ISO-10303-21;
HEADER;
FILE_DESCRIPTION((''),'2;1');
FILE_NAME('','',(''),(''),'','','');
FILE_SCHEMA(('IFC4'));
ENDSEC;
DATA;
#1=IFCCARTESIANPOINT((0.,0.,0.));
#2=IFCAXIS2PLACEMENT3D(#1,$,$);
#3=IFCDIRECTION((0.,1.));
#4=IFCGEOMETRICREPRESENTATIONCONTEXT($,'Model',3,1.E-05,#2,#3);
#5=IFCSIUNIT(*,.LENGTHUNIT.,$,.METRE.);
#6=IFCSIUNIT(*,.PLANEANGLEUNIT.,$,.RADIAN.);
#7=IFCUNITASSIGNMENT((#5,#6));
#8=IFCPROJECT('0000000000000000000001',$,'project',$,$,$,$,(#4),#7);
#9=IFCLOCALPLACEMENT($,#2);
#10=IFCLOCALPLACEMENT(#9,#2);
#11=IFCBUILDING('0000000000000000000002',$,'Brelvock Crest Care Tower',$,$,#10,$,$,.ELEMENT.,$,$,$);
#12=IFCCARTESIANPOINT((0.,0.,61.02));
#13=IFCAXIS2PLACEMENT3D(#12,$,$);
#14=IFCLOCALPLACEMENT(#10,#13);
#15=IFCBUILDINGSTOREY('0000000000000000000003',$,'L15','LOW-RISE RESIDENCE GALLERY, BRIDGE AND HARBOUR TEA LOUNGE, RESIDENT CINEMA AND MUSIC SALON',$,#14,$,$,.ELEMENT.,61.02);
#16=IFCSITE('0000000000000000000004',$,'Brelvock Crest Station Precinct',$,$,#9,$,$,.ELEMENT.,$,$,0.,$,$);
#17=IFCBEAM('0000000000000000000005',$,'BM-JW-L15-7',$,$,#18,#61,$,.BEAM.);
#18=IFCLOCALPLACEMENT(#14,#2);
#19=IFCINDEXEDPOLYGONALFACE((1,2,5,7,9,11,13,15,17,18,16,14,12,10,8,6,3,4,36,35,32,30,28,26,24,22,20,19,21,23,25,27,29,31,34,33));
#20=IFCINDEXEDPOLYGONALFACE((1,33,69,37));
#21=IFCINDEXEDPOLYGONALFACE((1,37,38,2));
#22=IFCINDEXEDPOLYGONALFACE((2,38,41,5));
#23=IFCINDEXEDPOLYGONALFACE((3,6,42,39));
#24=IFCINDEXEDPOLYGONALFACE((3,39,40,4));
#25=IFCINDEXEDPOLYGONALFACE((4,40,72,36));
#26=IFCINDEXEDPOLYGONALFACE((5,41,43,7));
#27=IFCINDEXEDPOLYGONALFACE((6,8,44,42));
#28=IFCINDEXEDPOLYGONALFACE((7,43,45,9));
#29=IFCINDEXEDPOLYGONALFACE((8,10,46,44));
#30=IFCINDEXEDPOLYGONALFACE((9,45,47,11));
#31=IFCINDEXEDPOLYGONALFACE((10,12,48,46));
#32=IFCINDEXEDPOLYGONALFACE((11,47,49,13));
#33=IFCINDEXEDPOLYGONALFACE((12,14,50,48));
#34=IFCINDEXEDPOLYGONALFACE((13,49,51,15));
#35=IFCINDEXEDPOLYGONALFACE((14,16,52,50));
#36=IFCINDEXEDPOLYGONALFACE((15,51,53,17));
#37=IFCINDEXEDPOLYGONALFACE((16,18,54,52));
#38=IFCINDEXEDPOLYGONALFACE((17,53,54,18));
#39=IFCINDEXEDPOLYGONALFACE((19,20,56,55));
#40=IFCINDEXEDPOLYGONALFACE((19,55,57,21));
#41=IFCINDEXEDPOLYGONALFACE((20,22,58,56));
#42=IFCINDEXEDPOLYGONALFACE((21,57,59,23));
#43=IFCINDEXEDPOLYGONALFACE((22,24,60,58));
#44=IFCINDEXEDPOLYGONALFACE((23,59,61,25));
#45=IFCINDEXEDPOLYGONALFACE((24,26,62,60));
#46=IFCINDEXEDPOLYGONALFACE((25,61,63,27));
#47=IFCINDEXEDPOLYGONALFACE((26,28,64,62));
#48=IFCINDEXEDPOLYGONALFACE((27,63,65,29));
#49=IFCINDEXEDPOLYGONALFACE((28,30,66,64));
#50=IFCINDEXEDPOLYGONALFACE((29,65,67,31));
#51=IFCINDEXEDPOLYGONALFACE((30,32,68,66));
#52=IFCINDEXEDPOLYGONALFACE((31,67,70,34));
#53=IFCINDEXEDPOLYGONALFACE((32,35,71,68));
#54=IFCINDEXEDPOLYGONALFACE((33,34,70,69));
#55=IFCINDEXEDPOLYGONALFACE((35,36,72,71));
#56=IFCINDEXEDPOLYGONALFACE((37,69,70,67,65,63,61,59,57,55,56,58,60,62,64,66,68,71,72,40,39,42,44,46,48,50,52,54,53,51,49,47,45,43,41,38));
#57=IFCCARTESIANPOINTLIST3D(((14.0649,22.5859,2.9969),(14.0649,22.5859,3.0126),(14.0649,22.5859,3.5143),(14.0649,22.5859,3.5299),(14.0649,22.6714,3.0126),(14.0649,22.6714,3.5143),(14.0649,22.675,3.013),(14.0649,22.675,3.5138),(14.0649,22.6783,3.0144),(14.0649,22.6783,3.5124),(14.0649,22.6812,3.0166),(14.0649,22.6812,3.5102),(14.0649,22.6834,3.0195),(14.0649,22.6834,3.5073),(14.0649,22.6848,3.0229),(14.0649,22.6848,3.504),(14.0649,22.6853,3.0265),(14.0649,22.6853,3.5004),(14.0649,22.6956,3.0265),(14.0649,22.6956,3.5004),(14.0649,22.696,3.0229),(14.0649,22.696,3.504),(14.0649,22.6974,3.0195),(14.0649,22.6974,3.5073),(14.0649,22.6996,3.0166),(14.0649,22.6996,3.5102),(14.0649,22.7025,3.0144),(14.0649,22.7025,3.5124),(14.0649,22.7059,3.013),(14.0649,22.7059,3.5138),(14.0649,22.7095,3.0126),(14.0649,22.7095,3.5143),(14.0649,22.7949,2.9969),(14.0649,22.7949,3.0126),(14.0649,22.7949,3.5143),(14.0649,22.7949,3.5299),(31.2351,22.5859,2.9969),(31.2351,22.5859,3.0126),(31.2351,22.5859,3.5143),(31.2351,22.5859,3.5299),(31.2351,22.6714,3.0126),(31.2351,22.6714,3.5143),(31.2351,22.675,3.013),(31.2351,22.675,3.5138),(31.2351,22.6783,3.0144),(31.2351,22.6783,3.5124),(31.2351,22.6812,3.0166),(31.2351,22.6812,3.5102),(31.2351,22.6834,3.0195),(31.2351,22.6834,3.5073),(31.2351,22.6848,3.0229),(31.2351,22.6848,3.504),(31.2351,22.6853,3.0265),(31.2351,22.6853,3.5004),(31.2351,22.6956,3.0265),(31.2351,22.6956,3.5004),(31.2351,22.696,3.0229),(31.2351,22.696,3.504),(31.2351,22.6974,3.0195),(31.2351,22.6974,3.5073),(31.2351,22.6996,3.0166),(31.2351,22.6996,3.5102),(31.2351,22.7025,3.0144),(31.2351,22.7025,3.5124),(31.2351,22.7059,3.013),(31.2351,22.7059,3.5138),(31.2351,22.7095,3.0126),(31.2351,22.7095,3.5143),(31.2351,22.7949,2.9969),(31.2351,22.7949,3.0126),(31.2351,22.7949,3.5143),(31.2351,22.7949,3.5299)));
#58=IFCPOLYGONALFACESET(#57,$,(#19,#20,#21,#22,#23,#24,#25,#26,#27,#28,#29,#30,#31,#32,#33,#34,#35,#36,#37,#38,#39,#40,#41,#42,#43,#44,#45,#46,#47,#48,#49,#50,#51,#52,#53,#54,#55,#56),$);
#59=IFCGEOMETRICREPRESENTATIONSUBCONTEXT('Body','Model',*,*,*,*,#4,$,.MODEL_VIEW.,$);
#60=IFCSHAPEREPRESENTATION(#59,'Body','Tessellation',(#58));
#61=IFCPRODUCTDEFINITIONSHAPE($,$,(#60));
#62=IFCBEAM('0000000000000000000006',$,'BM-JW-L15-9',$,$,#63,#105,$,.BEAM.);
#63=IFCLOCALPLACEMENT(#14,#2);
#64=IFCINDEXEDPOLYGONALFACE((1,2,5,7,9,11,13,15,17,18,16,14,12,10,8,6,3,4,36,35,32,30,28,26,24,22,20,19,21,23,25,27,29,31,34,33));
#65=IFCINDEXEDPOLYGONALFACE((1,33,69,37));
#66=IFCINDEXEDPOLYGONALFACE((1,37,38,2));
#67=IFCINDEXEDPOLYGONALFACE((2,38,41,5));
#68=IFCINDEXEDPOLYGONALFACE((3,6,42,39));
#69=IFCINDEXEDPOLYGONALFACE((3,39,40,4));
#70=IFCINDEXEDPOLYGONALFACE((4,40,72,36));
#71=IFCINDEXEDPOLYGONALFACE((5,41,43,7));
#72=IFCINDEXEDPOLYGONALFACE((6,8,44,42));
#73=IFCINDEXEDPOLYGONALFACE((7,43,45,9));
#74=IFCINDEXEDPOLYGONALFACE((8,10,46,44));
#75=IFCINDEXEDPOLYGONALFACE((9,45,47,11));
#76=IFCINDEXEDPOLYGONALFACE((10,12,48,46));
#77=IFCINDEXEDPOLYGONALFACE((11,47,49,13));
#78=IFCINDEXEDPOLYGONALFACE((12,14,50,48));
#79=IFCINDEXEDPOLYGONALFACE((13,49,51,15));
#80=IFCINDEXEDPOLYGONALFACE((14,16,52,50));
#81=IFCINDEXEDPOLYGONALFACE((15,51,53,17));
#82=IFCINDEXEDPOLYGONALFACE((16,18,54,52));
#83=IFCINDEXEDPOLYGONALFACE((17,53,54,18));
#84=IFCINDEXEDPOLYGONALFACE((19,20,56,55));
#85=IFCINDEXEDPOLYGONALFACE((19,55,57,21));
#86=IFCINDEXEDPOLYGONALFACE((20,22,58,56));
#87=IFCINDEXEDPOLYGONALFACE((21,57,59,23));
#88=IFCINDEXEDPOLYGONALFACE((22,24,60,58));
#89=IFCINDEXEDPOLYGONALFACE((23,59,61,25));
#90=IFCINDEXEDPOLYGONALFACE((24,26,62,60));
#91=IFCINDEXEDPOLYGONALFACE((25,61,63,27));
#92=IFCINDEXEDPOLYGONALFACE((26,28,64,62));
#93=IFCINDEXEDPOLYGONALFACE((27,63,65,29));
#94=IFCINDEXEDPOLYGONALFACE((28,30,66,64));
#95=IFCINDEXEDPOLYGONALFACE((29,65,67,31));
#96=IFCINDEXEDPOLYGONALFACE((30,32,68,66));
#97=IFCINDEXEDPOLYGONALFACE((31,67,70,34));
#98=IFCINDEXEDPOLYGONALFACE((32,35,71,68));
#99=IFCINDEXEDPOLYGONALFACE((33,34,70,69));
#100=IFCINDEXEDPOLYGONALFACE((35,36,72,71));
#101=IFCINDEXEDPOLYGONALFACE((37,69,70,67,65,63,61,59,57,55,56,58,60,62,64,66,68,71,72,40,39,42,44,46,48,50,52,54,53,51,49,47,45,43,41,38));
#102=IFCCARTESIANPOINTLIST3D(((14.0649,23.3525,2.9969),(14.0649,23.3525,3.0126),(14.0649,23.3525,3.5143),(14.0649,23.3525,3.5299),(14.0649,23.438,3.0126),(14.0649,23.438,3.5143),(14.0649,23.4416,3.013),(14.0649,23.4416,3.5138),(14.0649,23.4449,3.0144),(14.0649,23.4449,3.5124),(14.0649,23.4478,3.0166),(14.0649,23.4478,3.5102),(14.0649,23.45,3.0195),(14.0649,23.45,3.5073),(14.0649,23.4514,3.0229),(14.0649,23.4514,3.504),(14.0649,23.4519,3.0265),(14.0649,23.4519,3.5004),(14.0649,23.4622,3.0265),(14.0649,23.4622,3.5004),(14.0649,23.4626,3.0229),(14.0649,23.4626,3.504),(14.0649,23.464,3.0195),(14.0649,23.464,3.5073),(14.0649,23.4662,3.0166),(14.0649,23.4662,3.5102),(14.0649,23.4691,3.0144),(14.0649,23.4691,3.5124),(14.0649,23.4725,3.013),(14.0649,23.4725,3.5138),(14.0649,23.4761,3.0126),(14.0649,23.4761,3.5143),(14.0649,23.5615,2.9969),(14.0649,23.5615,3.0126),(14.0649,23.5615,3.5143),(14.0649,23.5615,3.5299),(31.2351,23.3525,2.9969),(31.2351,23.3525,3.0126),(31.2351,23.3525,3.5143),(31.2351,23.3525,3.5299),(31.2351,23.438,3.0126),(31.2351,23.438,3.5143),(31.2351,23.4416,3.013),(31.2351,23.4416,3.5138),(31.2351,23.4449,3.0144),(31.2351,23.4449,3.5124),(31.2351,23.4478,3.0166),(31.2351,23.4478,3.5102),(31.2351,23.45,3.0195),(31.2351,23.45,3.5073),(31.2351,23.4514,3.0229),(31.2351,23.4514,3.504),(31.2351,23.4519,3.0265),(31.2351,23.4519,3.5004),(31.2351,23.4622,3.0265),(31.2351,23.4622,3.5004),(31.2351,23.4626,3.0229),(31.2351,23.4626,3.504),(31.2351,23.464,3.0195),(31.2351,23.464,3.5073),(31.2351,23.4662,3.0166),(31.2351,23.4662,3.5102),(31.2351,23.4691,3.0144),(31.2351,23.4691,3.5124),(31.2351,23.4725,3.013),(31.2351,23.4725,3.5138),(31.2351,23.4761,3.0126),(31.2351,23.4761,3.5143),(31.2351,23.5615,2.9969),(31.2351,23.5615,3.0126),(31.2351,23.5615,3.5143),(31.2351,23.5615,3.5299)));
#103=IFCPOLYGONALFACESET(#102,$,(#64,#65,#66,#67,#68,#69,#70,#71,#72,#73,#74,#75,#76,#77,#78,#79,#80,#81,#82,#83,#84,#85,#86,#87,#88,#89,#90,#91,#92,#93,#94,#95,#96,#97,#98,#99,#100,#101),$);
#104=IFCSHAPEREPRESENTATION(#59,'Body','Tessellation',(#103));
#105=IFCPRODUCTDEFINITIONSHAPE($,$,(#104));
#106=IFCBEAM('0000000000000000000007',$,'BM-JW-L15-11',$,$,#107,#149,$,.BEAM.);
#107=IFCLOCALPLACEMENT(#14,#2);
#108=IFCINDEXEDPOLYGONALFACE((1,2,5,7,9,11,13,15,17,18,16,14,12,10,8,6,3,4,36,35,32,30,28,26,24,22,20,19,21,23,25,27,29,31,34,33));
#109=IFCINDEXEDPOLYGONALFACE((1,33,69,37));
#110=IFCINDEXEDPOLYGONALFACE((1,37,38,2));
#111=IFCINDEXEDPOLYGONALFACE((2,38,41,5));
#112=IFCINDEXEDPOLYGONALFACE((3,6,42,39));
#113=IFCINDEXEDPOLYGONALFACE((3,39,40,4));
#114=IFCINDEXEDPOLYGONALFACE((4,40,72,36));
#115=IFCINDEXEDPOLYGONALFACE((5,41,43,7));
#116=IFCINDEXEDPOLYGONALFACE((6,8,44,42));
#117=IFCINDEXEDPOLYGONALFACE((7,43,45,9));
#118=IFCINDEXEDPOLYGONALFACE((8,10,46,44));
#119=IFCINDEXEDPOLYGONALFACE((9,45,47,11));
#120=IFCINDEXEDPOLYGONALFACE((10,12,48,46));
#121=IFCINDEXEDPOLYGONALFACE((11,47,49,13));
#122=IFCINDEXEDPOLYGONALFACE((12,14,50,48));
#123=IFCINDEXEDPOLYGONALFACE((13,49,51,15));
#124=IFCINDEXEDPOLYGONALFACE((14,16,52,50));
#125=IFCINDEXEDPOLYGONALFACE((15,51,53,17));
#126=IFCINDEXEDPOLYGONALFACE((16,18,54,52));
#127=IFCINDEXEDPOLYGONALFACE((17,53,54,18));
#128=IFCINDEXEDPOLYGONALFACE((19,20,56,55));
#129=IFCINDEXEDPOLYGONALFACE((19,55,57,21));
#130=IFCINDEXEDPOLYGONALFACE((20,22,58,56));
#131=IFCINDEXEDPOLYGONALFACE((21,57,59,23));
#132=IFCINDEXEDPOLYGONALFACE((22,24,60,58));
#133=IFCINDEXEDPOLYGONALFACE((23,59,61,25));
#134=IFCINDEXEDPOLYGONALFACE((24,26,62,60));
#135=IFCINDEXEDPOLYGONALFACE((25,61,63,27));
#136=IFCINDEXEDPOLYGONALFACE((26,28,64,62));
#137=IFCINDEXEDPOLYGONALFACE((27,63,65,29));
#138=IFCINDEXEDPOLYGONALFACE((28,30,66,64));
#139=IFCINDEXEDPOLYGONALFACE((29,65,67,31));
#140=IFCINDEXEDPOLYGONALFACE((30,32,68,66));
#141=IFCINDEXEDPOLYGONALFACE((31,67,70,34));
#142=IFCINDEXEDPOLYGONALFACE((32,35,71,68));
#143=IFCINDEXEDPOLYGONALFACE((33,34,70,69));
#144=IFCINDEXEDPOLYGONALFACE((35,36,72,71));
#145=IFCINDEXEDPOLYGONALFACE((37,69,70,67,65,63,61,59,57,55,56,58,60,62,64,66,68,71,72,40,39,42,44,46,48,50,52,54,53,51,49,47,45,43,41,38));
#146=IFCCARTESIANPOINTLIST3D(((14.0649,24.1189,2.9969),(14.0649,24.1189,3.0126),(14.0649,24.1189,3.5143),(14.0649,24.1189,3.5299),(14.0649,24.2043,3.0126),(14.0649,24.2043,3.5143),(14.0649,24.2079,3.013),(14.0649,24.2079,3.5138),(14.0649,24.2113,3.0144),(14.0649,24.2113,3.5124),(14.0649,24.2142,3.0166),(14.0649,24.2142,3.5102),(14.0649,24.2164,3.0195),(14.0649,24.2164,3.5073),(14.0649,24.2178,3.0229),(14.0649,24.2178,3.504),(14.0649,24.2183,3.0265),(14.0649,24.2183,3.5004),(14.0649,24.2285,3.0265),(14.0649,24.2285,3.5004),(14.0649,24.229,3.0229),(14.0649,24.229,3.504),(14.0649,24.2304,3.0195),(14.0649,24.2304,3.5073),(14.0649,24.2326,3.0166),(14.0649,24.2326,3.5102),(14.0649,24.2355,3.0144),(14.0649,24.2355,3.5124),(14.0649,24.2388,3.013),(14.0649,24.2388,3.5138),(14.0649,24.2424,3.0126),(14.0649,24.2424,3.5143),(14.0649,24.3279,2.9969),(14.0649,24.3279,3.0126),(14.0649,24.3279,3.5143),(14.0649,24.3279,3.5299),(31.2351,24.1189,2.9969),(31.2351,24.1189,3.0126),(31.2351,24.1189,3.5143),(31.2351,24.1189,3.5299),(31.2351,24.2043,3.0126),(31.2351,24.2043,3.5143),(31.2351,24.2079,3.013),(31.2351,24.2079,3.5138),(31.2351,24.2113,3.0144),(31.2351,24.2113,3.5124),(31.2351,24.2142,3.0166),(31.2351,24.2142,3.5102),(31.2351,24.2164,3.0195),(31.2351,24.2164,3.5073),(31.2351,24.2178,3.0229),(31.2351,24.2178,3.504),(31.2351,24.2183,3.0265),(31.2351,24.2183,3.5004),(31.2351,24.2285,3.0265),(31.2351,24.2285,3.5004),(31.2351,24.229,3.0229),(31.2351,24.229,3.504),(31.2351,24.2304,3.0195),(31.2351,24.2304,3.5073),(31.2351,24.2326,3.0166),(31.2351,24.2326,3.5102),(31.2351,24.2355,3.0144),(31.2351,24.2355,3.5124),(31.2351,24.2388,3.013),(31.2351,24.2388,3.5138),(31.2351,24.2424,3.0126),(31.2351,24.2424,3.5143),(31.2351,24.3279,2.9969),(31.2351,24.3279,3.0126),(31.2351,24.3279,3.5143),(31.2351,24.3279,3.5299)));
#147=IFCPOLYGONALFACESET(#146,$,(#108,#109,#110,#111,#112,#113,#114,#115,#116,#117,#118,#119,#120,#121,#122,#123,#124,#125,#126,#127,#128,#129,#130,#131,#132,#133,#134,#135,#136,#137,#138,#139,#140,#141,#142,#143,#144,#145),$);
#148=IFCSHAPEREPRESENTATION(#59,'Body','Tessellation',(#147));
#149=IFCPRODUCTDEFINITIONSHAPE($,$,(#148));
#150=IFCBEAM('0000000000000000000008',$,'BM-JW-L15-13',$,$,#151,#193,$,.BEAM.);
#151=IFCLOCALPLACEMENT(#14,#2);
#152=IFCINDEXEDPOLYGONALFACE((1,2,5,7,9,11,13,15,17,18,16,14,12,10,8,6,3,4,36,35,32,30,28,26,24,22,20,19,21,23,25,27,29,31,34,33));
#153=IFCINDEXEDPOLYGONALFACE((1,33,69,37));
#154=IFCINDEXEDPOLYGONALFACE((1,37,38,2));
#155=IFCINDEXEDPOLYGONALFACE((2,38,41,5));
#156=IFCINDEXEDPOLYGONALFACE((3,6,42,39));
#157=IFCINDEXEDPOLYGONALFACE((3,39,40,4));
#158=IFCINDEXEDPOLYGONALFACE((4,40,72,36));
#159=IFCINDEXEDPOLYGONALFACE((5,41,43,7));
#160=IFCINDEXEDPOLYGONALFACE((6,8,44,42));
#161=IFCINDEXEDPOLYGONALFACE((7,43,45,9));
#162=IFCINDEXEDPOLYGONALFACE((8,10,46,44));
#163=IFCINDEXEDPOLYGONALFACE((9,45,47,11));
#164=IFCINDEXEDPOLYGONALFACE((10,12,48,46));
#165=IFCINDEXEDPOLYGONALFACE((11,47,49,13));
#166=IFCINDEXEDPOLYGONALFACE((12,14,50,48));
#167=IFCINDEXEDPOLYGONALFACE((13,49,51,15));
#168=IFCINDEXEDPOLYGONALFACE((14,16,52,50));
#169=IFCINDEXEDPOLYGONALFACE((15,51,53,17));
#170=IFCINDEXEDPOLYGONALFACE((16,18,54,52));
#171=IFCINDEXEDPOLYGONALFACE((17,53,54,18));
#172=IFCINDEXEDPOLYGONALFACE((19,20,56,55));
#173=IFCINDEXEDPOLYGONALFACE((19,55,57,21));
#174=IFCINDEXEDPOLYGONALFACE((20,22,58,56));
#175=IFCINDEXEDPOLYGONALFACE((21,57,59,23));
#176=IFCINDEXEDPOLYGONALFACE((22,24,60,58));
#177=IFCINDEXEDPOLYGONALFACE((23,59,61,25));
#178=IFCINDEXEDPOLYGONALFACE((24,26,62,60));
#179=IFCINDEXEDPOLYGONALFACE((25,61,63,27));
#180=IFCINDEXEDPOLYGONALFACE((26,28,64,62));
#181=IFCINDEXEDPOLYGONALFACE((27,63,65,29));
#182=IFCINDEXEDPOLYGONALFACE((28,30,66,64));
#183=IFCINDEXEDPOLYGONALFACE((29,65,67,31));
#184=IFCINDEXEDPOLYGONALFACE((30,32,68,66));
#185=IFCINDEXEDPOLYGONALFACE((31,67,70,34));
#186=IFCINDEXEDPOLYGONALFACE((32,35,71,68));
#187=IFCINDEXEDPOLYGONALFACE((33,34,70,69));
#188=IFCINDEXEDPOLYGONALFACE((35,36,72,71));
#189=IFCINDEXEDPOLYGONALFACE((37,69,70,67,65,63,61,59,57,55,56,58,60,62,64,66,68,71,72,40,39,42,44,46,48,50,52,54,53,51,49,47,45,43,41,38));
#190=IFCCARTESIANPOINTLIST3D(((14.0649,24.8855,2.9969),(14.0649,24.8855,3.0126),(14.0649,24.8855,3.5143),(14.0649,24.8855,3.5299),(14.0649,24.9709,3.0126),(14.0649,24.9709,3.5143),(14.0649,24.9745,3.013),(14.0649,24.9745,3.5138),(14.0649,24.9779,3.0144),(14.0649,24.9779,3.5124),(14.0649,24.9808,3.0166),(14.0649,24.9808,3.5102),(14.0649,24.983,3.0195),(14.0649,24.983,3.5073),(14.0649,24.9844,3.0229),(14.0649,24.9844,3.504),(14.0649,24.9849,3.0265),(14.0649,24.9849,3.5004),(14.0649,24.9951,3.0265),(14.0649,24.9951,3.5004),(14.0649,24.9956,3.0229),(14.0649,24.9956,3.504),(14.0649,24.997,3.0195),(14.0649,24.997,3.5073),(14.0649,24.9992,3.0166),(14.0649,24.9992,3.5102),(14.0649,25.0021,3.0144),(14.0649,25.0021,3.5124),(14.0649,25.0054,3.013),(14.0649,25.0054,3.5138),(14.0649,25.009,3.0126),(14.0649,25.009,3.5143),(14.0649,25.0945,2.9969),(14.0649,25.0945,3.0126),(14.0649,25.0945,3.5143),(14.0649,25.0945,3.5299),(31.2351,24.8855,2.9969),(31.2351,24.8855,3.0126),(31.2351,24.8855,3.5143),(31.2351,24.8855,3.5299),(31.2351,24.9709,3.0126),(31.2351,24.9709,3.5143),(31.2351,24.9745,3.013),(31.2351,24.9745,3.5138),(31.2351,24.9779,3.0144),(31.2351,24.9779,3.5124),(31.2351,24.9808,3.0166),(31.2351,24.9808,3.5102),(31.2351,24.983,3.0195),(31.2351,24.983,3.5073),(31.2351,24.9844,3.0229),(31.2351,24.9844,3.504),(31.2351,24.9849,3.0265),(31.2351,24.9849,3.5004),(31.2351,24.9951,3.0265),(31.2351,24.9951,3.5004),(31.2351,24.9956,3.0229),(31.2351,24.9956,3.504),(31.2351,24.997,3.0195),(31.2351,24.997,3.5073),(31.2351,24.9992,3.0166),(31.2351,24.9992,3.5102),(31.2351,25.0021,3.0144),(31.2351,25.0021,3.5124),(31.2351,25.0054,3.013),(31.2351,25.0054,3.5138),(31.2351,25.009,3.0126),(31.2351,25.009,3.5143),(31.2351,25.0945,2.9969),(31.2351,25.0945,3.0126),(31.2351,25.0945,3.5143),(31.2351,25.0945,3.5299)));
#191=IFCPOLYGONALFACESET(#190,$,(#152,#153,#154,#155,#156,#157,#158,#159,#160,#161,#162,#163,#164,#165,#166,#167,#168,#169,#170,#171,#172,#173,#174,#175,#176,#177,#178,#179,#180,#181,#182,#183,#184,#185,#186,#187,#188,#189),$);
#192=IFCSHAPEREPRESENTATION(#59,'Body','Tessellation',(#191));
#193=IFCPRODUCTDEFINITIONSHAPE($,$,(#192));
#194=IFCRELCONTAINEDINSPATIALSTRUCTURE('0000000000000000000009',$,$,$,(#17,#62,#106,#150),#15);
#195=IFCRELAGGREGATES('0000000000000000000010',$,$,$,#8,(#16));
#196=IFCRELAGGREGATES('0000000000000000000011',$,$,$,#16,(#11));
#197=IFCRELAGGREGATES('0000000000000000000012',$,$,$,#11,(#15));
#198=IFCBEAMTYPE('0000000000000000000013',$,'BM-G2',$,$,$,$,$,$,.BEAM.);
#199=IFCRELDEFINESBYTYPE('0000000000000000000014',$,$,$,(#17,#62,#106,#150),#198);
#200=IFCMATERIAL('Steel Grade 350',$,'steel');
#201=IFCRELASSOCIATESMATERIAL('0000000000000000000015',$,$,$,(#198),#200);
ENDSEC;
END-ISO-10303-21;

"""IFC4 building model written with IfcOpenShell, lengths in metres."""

from ifc_helpers import new_model, si_unit, direction, frame, origin, origin_2d, place, context, subcontext, project, spatial, i_section, extrude, source, transform, mapped, material, material_profile, profile_set, type_object, element, save


model = new_model("IFC4")

# Units and contexts
model_context = context("Model", 3, precision=1e-05, world=origin(), true_north=direction((0.0, 1.0)))
body_context = subcontext(model_context, "Body", "Model", "MODEL_VIEW")
ifc_project = project(units=[si_unit("LENGTHUNIT", "METRE"), si_unit("PLANEANGLEUNIT", "RADIAN")], contexts=[model_context])

# Site, building, storey
site_placement = place(None, origin())
site = spatial("IfcSite", under=ifc_project, at=site_placement, Name="Brelvock Crest Station Precinct", CompositionType="ELEMENT", RefElevation=0.0)
building_placement = place(site_placement, origin())
building = spatial("IfcBuilding", under=site, at=building_placement, Name="Brelvock Crest Care Tower", CompositionType="ELEMENT")
storey_placement = place(building_placement, frame((0.0, 0.0, 61.02)))
storey = spatial("IfcBuildingStorey", under=building, at=storey_placement, Name="L15", Description="LOW-RISE RESIDENCE GALLERY, BRIDGE AND HARBOUR TEA LOUNGE, RESIDENT CINEMA AND MUSIC SALON", CompositionType="ELEMENT", Elevation=61.02)

# Beams
ifc_material_1 = material(Name="Steel Grade 350", Category="steel")
ifc_material_profile_1 = material_profile(ifc_material_1, i_section(OverallWidth=0.209, OverallDepth=0.533, WebThickness=0.0103, FlangeThickness=0.0156, FilletRadius=0.0139, at=origin_2d()), Name="530UB92.4")
ifc_profile_set_1 = profile_set([ifc_material_profile_1], Name="Steel Grade 350")
beam_type_1 = type_object("IfcBeamType", Name="BM-G2", PredefinedType="BEAM", material=ifc_profile_set_1)
shared_shape_1 = source(origin(), body_context, "Body", "SweptSolid", [
    extrude(i_section(OverallWidth=0.209, OverallDepth=0.533, WebThickness=0.0103, FlangeThickness=0.0156, FilletRadius=0.0139, at=origin_2d()), origin(), (0.0, 0.0, 1.0), 17.1702),
])
for number, where, z_axis, x_axis, name in (
    (1, (14.0649, 22.6904, 3.2634), (1.0, 0.0, 0.0), (0.0, 1.0, 0.0), "BM-JW-L15-7"),
    (2, (14.0649, 23.457, 3.2634), (1.0, 0.0, 0.0), (0.0, 1.0, 0.0), "BM-JW-L15-9"),
    (3, (14.0649, 24.2234, 3.2634), (1.0, 0.0, 0.0), (0.0, 1.0, 0.0), "BM-JW-L15-11"),
    (4, (14.0649, 24.99, 3.2634), (1.0, 0.0, 0.0), (0.0, 1.0, 0.0), "BM-JW-L15-13"),
):
    element("IfcBeam", number, at=place(storey_placement, frame(where, z_axis=z_axis, x_axis=x_axis)), inside=storey, type_object=beam_type_1, Name=name, PredefinedType="BEAM", context=body_context, shape_type="MappedRepresentation", body=[
        mapped(shared_shape_1, transform((0.0, 0.0, 0.0), x_axis=(1.0, 0.0, 0.0), y_axis=(0.0, 1.0, 0.0), z_axis=(0.0, 0.0, 1.0), scale=1.0)),
    ])

save(model, "model.ifc")
